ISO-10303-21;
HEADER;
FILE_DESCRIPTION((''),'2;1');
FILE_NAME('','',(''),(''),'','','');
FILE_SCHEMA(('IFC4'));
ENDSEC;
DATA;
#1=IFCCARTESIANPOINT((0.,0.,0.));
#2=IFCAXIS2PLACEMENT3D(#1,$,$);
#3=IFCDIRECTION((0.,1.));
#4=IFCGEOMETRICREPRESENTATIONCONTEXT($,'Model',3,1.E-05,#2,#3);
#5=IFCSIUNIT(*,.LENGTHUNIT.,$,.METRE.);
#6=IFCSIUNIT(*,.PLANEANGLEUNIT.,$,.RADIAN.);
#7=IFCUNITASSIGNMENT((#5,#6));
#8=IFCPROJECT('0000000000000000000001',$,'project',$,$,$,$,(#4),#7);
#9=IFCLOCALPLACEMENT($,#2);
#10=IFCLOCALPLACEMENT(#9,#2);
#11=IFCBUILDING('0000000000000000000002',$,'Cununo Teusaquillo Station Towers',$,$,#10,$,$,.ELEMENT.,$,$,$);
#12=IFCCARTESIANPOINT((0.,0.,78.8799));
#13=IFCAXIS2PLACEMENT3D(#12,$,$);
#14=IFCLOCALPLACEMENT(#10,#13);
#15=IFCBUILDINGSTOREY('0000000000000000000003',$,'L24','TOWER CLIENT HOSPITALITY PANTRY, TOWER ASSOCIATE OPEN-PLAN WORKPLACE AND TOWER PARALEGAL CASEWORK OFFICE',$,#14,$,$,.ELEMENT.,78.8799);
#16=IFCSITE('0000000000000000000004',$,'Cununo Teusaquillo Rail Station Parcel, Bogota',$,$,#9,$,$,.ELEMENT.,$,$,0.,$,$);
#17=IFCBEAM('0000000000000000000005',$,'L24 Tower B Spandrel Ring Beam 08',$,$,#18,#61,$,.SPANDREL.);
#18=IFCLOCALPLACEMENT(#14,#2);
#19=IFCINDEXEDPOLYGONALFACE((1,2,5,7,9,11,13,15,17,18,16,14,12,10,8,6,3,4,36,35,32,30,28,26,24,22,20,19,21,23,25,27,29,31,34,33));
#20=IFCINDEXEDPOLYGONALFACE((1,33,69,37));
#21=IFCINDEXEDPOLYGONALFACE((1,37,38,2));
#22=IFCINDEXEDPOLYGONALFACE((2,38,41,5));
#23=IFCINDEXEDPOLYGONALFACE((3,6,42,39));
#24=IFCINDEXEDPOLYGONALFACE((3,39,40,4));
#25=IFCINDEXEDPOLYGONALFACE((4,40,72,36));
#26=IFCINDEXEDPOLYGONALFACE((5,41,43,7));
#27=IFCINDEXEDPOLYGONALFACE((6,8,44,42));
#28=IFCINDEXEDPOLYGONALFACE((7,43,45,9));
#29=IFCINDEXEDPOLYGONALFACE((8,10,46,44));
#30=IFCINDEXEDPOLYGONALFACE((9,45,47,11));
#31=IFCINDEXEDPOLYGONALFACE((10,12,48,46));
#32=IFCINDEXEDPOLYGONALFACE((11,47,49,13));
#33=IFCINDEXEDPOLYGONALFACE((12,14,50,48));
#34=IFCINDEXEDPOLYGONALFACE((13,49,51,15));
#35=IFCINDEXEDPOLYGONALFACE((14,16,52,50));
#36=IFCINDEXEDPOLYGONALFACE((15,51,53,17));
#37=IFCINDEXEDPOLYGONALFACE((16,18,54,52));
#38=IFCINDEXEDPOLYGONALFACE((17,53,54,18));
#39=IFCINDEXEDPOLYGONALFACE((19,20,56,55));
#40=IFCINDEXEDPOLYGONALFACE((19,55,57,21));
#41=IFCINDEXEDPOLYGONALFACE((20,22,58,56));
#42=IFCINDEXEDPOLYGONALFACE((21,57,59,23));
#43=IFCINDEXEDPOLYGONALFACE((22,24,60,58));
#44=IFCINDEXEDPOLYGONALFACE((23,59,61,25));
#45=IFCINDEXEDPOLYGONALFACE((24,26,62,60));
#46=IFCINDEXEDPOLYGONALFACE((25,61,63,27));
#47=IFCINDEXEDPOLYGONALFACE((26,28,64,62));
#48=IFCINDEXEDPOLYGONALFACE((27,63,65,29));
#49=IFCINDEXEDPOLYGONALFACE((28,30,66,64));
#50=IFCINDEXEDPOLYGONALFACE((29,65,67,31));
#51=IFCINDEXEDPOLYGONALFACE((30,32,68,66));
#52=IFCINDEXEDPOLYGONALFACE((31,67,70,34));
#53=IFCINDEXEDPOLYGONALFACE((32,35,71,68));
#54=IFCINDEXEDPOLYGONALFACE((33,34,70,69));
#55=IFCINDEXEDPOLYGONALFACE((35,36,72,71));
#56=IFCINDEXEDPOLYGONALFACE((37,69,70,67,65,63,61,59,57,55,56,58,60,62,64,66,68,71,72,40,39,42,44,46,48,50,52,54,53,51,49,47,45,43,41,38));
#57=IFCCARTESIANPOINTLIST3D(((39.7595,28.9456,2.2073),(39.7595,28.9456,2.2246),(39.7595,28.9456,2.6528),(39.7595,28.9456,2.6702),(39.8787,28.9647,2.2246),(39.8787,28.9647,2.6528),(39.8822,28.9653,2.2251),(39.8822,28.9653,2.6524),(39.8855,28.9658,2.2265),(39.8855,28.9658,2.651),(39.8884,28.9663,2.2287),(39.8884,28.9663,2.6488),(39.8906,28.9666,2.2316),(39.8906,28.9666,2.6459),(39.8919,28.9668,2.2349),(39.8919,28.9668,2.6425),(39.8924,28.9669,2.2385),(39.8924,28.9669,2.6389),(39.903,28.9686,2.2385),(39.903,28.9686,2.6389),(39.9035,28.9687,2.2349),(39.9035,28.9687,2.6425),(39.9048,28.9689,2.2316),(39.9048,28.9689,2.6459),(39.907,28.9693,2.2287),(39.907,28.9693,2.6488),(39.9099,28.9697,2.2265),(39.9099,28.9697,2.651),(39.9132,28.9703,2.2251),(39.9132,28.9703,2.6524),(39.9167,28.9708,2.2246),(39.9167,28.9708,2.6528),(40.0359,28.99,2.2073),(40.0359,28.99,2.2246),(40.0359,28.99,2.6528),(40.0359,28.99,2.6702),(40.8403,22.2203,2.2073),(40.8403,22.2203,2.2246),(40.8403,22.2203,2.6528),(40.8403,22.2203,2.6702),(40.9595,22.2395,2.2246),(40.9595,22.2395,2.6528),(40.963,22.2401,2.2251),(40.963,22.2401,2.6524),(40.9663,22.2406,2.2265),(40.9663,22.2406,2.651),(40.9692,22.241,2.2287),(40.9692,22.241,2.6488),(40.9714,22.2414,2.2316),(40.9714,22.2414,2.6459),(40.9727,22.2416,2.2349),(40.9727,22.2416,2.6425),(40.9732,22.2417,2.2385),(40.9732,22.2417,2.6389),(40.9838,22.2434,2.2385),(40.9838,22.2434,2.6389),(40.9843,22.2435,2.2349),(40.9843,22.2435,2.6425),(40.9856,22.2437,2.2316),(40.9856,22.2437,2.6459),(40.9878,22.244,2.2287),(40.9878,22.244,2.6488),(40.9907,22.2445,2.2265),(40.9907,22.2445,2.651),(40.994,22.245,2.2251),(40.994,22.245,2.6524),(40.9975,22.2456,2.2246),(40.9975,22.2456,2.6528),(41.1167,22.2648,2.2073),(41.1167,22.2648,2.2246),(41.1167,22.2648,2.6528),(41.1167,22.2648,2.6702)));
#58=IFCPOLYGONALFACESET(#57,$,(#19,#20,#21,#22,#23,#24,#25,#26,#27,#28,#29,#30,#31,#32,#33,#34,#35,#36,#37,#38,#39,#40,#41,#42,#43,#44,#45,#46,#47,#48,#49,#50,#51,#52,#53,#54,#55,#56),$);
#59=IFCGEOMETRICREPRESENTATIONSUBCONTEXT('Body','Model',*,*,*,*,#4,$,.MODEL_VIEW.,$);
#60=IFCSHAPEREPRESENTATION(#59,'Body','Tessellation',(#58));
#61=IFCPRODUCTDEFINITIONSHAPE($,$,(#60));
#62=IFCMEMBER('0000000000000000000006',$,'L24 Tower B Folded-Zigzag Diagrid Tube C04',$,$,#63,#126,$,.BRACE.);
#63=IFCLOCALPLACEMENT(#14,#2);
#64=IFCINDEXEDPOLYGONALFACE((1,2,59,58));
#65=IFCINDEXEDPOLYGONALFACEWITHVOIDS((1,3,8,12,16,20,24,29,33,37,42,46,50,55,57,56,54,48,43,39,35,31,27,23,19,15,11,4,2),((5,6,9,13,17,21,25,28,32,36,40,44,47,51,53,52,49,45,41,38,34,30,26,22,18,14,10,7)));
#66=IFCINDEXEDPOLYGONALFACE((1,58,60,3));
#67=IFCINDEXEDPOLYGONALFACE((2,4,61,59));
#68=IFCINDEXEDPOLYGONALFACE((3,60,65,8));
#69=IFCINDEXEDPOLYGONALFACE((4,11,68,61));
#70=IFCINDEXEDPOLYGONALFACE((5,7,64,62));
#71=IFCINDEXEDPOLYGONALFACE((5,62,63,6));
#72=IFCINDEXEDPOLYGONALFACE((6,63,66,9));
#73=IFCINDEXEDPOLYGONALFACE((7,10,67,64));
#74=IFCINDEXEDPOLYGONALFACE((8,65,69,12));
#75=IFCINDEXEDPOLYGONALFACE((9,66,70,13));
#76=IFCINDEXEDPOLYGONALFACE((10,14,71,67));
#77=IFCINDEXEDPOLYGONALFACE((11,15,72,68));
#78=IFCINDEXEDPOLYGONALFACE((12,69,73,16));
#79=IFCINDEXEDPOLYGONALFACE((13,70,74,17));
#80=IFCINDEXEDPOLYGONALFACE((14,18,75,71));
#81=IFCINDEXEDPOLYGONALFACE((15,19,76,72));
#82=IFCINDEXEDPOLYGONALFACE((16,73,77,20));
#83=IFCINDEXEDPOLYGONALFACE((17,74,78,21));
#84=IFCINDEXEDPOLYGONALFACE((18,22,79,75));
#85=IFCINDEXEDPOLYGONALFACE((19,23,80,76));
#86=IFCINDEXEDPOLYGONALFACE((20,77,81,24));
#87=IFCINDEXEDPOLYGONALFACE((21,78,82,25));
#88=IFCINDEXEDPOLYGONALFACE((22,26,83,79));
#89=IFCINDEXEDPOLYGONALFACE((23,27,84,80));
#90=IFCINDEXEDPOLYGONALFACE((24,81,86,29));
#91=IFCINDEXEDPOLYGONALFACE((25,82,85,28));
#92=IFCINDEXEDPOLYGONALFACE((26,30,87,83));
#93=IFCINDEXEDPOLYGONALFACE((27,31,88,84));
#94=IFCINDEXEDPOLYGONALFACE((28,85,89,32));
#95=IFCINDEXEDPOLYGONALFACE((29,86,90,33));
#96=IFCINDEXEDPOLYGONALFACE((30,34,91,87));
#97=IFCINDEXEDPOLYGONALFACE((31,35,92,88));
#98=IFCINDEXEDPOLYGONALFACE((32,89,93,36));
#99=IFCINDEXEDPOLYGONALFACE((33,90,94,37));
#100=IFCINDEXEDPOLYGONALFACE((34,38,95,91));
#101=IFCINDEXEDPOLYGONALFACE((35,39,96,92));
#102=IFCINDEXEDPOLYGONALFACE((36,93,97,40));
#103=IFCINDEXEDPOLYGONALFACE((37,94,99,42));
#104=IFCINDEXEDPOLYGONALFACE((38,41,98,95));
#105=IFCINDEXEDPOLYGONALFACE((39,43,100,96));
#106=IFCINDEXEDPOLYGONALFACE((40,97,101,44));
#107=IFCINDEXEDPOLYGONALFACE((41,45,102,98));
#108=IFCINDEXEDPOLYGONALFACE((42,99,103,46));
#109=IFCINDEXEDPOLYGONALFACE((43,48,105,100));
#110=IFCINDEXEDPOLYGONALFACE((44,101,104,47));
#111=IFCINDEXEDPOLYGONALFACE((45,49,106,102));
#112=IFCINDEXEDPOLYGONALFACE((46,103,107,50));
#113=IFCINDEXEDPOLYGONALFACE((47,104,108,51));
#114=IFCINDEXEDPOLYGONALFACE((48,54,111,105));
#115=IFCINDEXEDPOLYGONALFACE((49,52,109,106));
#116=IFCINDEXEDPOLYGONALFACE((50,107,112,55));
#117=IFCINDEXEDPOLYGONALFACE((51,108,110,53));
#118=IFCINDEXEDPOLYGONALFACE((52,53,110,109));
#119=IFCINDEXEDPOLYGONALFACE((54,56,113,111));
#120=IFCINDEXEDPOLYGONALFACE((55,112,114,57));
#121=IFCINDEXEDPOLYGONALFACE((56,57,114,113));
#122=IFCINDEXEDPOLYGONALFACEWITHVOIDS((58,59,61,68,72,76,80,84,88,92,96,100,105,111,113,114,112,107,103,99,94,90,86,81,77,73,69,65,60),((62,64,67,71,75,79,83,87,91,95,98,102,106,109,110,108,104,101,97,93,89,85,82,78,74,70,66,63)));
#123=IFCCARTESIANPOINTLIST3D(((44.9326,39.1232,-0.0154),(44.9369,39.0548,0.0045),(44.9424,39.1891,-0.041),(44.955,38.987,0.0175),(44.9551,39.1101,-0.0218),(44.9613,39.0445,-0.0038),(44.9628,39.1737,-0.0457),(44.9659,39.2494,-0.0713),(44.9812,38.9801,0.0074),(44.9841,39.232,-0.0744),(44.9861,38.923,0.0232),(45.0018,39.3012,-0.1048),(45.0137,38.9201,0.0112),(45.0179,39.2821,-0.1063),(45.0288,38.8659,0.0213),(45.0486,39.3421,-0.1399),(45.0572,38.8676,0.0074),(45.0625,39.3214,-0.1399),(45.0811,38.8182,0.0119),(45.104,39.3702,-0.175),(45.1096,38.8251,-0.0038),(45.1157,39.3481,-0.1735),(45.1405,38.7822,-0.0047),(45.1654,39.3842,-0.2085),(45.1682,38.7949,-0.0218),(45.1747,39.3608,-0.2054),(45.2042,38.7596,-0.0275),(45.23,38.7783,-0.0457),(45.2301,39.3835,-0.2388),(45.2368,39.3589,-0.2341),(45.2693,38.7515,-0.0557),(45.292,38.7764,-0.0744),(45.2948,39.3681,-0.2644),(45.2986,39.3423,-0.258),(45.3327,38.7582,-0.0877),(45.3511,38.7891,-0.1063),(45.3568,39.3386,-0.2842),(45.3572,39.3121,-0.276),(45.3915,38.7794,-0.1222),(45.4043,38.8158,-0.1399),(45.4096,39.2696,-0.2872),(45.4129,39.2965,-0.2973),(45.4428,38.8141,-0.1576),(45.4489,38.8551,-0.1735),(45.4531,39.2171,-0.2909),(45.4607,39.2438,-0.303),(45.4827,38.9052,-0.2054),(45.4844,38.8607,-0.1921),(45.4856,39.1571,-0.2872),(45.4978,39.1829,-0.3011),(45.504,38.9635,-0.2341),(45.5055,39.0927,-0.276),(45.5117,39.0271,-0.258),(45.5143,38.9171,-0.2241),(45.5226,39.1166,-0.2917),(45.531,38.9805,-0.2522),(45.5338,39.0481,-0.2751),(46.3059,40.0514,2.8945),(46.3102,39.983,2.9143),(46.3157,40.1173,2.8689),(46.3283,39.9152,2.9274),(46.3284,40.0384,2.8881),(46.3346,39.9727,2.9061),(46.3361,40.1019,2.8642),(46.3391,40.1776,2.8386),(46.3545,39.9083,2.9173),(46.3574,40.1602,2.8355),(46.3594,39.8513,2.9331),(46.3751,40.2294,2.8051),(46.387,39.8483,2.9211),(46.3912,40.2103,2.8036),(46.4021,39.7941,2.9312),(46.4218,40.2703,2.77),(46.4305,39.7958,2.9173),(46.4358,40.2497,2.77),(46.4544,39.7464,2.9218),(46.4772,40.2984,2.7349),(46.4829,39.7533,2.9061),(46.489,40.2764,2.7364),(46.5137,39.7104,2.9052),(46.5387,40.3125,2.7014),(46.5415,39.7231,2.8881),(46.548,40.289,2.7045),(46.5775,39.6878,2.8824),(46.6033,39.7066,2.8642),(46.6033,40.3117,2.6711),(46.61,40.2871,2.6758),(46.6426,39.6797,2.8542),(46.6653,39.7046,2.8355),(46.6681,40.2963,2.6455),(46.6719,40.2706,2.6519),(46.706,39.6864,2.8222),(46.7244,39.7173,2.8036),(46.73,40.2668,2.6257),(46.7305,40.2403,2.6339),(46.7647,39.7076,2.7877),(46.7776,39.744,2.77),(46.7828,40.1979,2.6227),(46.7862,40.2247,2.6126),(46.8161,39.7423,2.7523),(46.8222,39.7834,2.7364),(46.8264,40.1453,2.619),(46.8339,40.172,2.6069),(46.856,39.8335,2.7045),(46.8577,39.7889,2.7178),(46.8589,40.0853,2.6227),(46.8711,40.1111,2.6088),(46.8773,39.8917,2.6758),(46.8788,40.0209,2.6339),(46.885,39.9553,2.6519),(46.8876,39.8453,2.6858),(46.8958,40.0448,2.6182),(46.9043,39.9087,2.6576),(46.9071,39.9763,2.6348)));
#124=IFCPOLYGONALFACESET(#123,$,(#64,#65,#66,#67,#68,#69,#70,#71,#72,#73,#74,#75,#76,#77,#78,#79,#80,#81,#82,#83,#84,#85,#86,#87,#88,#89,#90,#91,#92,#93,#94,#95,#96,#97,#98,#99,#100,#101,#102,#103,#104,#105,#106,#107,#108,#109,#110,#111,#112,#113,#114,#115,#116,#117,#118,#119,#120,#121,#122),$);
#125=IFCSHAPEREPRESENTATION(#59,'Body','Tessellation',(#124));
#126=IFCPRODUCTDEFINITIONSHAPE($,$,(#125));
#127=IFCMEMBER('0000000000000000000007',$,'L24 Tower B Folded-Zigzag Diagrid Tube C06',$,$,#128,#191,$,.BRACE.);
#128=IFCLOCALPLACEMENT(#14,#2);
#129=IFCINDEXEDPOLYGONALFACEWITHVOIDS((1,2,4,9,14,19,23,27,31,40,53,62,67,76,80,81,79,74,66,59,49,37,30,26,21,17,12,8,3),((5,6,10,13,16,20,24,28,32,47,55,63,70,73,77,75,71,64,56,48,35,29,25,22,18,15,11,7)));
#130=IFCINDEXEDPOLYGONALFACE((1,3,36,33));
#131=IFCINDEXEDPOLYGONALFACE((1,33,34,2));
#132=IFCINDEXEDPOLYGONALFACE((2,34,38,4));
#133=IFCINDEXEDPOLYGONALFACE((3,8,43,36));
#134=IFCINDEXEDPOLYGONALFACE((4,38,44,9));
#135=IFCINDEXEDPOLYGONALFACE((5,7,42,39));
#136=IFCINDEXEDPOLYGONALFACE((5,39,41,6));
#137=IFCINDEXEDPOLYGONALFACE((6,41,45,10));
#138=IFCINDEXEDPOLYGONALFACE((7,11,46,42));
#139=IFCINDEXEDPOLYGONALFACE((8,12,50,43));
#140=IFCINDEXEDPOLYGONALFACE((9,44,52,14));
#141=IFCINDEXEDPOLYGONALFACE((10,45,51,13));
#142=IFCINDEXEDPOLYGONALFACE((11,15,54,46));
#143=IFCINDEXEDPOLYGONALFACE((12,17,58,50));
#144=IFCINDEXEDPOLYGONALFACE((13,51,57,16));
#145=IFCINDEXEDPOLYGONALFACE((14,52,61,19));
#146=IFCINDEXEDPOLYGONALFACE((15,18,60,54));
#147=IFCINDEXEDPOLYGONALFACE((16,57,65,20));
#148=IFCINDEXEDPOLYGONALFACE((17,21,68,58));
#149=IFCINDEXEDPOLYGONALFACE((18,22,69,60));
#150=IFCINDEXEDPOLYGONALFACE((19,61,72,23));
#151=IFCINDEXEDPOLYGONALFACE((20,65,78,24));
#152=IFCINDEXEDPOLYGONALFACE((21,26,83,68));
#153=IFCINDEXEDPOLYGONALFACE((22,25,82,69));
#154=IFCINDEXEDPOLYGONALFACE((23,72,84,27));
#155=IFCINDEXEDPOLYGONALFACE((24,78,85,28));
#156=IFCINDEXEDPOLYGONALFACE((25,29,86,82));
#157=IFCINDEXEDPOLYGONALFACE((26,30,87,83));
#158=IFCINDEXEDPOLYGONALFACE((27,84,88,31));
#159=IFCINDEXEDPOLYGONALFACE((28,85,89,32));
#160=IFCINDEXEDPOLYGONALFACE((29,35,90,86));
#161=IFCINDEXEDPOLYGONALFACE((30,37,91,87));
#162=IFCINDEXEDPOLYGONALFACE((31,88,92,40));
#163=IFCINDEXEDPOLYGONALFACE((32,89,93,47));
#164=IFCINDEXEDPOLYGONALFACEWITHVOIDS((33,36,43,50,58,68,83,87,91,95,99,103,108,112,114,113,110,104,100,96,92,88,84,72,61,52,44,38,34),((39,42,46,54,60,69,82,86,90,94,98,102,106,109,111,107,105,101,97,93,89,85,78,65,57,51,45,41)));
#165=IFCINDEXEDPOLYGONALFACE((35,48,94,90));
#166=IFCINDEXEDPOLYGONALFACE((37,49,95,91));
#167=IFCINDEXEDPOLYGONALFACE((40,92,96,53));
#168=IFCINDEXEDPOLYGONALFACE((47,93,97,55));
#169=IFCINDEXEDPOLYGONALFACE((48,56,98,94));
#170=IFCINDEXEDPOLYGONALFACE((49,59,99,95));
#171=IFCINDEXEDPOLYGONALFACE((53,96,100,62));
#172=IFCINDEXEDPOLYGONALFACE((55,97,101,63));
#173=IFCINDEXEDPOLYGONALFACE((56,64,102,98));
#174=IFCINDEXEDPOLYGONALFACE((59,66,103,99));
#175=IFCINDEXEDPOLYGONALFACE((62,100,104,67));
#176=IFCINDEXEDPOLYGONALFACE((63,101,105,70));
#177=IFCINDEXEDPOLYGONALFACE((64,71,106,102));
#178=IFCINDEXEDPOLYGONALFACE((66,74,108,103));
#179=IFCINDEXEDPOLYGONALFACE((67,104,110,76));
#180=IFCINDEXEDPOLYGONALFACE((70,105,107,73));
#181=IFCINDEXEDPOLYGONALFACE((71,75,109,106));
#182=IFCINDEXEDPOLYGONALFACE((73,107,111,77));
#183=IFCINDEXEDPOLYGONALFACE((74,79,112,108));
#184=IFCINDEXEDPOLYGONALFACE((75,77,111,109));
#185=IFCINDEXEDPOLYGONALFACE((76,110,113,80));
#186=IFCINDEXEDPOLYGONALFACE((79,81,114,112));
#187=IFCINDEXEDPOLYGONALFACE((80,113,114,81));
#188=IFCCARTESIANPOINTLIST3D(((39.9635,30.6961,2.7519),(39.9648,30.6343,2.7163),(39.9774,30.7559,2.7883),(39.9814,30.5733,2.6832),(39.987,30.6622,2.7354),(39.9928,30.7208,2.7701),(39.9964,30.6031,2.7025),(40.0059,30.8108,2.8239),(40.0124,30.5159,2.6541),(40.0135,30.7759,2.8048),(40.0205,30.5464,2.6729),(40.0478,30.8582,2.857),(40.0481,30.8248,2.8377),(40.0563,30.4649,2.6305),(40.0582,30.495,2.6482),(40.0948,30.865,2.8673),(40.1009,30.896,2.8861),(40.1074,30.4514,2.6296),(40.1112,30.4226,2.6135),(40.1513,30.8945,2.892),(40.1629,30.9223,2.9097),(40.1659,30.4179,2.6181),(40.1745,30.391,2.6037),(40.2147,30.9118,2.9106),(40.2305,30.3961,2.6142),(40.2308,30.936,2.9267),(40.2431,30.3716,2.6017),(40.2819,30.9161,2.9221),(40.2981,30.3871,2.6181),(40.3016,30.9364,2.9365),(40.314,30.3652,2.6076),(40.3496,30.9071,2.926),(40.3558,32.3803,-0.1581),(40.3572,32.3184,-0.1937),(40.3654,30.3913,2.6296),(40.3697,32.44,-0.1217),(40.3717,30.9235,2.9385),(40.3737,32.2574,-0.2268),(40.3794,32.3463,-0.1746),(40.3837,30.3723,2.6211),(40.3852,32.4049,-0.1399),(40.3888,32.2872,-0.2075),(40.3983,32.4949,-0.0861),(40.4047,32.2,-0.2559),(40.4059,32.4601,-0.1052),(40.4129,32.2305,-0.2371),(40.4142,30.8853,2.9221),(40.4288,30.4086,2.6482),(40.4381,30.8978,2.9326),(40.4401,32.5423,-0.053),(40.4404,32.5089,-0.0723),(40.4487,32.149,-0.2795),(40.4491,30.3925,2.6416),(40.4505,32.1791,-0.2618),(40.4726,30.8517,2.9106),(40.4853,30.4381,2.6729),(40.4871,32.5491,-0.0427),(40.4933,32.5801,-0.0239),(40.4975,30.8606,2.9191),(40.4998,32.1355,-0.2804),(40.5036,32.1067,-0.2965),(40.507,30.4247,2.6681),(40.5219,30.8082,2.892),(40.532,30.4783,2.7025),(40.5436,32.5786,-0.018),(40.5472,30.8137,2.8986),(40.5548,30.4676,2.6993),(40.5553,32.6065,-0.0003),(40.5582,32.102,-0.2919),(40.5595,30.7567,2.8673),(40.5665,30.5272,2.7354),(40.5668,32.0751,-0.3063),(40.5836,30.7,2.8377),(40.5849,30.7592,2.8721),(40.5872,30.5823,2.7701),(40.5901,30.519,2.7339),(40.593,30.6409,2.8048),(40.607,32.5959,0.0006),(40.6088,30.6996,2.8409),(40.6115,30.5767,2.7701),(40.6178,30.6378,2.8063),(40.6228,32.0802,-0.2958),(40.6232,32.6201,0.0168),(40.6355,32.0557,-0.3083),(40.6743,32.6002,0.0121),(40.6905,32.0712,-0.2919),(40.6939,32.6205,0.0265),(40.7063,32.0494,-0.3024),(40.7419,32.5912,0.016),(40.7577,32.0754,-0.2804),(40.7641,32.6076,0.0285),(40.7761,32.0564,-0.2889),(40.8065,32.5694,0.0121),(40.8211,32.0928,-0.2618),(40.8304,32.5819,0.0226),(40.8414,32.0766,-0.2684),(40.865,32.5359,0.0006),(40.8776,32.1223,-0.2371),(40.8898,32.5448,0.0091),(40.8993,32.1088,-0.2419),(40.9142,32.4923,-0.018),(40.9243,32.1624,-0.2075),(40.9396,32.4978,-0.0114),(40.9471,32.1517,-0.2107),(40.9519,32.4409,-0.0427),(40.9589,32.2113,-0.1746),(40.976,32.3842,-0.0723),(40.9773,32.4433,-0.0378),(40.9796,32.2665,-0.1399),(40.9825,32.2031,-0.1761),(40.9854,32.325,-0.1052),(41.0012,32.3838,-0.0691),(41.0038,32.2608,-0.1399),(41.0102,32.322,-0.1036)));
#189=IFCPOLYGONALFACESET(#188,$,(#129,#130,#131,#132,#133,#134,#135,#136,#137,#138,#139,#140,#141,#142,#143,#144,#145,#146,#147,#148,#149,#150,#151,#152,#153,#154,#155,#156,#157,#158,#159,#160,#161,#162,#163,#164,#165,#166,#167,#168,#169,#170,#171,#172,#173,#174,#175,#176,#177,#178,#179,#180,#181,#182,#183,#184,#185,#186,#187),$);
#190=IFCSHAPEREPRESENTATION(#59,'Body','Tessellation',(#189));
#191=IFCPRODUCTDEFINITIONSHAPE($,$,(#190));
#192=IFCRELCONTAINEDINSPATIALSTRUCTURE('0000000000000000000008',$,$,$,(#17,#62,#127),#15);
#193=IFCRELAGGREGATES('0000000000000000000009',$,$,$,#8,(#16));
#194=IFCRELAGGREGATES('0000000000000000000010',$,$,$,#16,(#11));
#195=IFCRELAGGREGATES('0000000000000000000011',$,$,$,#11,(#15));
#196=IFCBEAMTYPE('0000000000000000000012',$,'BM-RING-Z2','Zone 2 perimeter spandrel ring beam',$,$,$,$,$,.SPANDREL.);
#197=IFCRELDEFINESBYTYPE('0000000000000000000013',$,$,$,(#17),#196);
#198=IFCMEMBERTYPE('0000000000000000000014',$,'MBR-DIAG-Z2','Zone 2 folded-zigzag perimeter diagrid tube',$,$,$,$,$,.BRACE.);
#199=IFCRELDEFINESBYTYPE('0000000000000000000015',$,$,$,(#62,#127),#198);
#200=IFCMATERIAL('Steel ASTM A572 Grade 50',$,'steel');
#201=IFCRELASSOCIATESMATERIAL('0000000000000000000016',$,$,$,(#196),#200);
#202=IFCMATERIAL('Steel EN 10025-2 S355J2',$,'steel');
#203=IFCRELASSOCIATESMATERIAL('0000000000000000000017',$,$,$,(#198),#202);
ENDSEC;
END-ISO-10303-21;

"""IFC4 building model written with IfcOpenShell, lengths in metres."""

from ifc_helpers import new_model, si_unit, direction, frame, origin, origin_2d, place, context, subcontext, project, spatial, hollow_circle, i_section, extrude, material, material_profile, profile_set, type_object, element, save


model = new_model("IFC4")

# Units and contexts
model_context = context("Model", 3, precision=1e-05, world=origin(), true_north=direction((0.0, 1.0)))
body_context = subcontext(model_context, "Body", "Model", "MODEL_VIEW")
ifc_project = project(units=[si_unit("LENGTHUNIT", "METRE"), si_unit("PLANEANGLEUNIT", "RADIAN")], contexts=[model_context])

# Site, building, storey
site_placement = place(None, origin())
site = spatial("IfcSite", under=ifc_project, at=site_placement, Name="Cununo Teusaquillo Rail Station Parcel, Bogota", CompositionType="ELEMENT", RefElevation=0.0)
building_placement = place(site_placement, origin())
building = spatial("IfcBuilding", under=site, at=building_placement, Name="Cununo Teusaquillo Station Towers", CompositionType="ELEMENT")
storey_placement = place(building_placement, frame((0.0, 0.0, 78.8799)))
storey = spatial("IfcBuildingStorey", under=building, at=storey_placement, Name="L24", Description="TOWER CLIENT HOSPITALITY PANTRY, TOWER ASSOCIATE OPEN-PLAN WORKPLACE AND TOWER PARALEGAL CASEWORK OFFICE", CompositionType="ELEMENT", Elevation=78.8799)

# Beam
ifc_material_1 = material(Name="Steel ASTM A572 Grade 50", Category="steel")
ifc_material_profile_1 = material_profile(ifc_material_1, i_section(OverallWidth=0.28, OverallDepth=0.4629, WebThickness=0.0107, FlangeThickness=0.0173, FilletRadius=0.0139, at=origin_2d()), Name="W18X76")
ifc_profile_set_1 = profile_set([ifc_material_profile_1], Name="Steel ASTM A572 Grade 50")
beam_type_1 = type_object("IfcBeamType", Name="BM-RING-Z2", Description="Zone 2 perimeter spandrel ring beam", PredefinedType="SPANDREL", material=ifc_profile_set_1)
beam_1_placement = place(storey_placement, frame((39.8977, 28.9678, 2.4387), z_axis=(0.158671, -0.987331, 0.0), x_axis=(0.987331, 0.158671, 0.0)))
element("IfcBeam", 1, at=beam_1_placement, inside=storey, type_object=beam_type_1, Name="L24 Tower B Spandrel Ring Beam 08", PredefinedType="SPANDREL", context=body_context, shape_type="SweptSolid", body=[
    extrude(i_section(OverallWidth=0.28, OverallDepth=0.4629, WebThickness=0.0107, FlangeThickness=0.0173, FilletRadius=0.0139, at=origin_2d()), origin(), (0.0, 0.0, 1.0), 6.8115),
])

# Members
ifc_material_2 = material(Name="Steel EN 10025-2 S355J2", Category="steel")
ifc_material_profile_2 = material_profile(ifc_material_2, hollow_circle(Radius=0.3301, WallThickness=0.0249, at=origin_2d()), Name="CHS 660x25")
ifc_profile_set_2 = profile_set([ifc_material_profile_2], Name="Steel EN 10025-2 S355J2")
member_type = type_object("IfcMemberType", Name="MBR-DIAG-Z2", Description="Zone 2 folded-zigzag perimeter diagrid tube", PredefinedType="BRACE", material=ifc_profile_set_2)
member_1_placement = place(storey_placement, frame((45.2334, 39.0686, -0.1399), z_axis=(0.410073, 0.277173, 0.868916), x_axis=(-0.559991, 0.828498, 0.0)))
element("IfcMember", 2, at=member_1_placement, inside=storey, type_object=member_type, Name="L24 Tower B Folded-Zigzag Diagrid Tube C04", PredefinedType="BRACE", context=body_context, shape_type="SweptSolid", body=[
    extrude(hollow_circle(Radius=0.3301, WallThickness=0.0249, at=origin_2d()), origin(), (0.0, 0.0, 1.0), 3.3489),
])
member_2_placement = place(storey_placement, frame((40.6824, 32.3357, -0.1399), z_axis=(-0.115907, -0.497526, 0.859671), x_axis=(0.97392, -0.22689, 0.0)))
element("IfcMember", 3, at=member_2_placement, inside=storey, type_object=member_type, Name="L24 Tower B Folded-Zigzag Diagrid Tube C06", PredefinedType="BRACE", context=body_context, shape_type="SweptSolid", body=[
    extrude(hollow_circle(Radius=0.3301, WallThickness=0.0249, at=origin_2d()), origin(), (0.0, 0.0, 1.0), 3.385),
])

save(model, "model.ifc")
